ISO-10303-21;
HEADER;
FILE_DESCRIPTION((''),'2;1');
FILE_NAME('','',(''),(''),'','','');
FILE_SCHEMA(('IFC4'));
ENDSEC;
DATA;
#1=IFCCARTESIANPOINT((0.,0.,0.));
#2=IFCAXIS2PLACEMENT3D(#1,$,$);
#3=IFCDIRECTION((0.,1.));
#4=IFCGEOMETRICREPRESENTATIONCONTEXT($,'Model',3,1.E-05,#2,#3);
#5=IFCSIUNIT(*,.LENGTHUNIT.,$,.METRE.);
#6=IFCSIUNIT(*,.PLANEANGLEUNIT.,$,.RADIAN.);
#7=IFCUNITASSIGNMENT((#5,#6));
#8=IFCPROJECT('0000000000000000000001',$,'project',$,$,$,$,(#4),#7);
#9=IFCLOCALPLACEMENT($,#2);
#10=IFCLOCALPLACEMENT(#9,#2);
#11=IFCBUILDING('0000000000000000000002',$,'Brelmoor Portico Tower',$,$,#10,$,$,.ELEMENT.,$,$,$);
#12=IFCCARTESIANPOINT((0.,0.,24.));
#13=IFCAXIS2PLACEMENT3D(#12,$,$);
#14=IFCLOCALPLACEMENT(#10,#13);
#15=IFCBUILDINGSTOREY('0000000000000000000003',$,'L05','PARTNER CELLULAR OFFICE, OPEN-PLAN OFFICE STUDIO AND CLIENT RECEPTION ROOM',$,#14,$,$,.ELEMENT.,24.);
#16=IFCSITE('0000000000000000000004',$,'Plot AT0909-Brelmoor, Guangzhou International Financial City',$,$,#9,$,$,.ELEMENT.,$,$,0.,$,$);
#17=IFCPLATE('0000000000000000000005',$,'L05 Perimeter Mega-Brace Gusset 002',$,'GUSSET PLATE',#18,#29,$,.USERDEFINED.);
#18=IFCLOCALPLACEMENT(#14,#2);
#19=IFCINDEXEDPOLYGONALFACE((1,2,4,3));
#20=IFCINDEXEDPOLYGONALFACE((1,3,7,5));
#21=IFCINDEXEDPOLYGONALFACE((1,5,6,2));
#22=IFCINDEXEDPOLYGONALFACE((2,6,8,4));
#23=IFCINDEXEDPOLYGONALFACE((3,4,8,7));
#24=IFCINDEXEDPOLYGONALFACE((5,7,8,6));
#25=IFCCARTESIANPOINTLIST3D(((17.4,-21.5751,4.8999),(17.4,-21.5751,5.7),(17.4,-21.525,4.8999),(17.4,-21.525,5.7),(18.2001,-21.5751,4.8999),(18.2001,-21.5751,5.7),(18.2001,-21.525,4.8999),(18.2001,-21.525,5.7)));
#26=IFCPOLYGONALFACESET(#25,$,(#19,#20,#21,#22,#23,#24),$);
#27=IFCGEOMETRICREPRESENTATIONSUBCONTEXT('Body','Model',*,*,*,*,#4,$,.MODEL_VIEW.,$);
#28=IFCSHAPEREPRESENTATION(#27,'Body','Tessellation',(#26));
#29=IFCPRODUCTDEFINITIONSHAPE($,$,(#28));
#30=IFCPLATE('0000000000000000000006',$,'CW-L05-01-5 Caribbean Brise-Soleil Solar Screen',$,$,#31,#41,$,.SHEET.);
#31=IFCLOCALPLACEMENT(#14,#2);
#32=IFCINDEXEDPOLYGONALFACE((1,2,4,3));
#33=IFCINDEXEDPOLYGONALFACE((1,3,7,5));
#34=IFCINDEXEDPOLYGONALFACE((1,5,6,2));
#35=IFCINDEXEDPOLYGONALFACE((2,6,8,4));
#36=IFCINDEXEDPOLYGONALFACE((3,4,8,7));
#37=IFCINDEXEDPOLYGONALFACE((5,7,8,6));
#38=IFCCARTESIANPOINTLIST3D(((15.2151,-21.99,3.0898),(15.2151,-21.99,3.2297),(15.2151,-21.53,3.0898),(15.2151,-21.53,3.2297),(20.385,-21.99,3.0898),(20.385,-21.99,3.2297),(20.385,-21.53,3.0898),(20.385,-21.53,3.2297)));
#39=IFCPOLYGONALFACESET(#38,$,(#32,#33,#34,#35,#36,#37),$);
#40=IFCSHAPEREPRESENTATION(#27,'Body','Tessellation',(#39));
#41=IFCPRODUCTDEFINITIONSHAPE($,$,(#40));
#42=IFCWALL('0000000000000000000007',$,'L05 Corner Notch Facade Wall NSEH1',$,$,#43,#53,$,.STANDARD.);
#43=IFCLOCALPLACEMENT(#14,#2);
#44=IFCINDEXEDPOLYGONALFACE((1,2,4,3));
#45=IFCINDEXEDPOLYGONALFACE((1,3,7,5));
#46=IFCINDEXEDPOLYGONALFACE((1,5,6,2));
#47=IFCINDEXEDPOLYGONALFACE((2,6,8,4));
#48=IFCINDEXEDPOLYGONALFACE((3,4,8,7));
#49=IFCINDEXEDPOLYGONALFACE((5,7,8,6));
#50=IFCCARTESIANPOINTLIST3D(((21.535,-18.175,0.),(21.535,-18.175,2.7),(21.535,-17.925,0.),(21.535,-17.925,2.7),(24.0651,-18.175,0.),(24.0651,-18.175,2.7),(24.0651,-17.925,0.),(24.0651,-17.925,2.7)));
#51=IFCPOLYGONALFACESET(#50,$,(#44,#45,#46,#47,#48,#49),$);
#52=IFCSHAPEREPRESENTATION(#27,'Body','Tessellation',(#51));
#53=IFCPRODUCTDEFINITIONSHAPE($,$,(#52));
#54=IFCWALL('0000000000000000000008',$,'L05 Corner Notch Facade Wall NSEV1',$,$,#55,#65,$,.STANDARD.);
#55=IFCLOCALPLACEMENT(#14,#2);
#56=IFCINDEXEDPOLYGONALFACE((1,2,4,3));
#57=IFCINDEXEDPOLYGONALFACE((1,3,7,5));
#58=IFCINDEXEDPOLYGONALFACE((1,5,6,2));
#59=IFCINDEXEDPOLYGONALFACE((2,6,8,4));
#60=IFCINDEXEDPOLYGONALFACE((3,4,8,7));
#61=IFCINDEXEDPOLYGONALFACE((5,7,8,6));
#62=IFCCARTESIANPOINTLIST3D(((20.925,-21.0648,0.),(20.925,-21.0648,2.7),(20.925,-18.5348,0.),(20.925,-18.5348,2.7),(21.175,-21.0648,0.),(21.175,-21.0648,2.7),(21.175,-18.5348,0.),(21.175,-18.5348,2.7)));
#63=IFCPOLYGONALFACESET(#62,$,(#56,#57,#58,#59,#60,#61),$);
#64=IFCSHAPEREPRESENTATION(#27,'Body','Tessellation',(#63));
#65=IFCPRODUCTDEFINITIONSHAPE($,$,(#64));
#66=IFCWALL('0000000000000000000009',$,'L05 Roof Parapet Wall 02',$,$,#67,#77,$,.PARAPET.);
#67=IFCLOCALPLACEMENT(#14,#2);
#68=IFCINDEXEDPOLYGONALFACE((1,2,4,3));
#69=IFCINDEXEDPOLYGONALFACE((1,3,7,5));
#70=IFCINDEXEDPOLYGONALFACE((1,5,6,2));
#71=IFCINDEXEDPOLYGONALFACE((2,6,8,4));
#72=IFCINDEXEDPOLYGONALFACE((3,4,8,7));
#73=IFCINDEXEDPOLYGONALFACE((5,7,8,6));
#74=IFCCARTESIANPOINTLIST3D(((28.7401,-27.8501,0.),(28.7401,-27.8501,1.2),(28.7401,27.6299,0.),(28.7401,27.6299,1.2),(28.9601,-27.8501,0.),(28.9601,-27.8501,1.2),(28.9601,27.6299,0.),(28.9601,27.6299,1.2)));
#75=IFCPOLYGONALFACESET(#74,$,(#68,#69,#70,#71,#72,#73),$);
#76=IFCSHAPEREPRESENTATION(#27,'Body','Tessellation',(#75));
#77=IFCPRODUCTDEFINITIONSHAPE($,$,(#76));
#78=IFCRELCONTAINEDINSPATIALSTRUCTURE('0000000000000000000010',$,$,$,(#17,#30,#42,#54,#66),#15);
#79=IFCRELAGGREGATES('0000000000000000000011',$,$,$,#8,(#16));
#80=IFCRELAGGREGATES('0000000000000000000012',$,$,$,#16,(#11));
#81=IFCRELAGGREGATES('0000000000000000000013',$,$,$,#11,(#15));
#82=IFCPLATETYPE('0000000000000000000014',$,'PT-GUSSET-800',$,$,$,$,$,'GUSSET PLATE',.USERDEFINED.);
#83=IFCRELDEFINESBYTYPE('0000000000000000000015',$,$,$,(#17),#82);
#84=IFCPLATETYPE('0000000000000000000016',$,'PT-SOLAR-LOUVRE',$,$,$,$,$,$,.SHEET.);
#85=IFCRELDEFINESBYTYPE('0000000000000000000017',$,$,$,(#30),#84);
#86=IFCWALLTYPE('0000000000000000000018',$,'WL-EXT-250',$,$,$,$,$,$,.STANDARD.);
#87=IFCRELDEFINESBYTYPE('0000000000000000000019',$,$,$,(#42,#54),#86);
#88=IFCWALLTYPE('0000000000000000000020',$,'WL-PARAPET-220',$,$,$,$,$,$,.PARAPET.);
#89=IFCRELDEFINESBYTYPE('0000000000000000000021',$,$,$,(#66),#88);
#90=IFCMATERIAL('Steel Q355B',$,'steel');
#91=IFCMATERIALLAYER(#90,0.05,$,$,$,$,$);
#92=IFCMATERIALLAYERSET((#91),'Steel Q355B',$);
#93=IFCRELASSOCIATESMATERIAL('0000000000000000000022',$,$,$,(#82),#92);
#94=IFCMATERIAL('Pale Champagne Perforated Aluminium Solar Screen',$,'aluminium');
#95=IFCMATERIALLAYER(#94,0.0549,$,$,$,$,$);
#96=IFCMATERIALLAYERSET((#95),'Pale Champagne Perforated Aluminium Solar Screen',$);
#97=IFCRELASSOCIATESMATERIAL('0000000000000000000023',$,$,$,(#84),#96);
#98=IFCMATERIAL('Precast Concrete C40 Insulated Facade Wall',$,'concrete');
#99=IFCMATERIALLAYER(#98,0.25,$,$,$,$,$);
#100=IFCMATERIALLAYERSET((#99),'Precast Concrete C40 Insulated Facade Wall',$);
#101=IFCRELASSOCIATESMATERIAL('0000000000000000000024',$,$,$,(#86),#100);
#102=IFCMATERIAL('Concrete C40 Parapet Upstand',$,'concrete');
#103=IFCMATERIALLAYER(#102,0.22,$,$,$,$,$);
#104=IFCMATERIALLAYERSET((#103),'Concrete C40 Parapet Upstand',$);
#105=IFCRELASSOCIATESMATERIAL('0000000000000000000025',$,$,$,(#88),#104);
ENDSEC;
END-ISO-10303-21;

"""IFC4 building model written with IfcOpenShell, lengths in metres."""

from ifc_helpers import new_model, si_unit, direction, frame, frame_2d, origin, origin_2d, place, context, subcontext, project, spatial, rectangle, extrude, material, layer, layer_set, type_object, element, save


model = new_model("IFC4")

# Units and contexts
model_context = context("Model", 3, precision=1e-05, world=origin(), true_north=direction((0.0, 1.0)))
body_context = subcontext(model_context, "Body", "Model", "MODEL_VIEW")
ifc_project = project(units=[si_unit("LENGTHUNIT", "METRE"), si_unit("PLANEANGLEUNIT", "RADIAN")], contexts=[model_context])

# Site, building, storey
site_placement = place(None, origin())
site = spatial("IfcSite", under=ifc_project, at=site_placement, Name="Plot AT0909-Brelmoor, Guangzhou International Financial City", CompositionType="ELEMENT", RefElevation=0.0)
building_placement = place(site_placement, origin())
building = spatial("IfcBuilding", under=site, at=building_placement, Name="Brelmoor Portico Tower", CompositionType="ELEMENT")
storey_placement = place(building_placement, frame((0.0, 0.0, 24.0)))
storey = spatial("IfcBuildingStorey", under=building, at=storey_placement, Name="L05", Description="PARTNER CELLULAR OFFICE, OPEN-PLAN OFFICE STUDIO AND CLIENT RECEPTION ROOM", CompositionType="ELEMENT", Elevation=24.0)

# Shared definitions
ifc_material_1 = material(Name="Steel Q355B", Category="steel")

# Plates
ifc_layer_1 = layer(ifc_material_1, 0.05)
ifc_layer_set_1 = layer_set([ifc_layer_1], Name="Steel Q355B")
plate_type_1 = type_object("IfcPlateType", Name="PT-GUSSET-800", ElementType="GUSSET PLATE", PredefinedType="USERDEFINED", material=ifc_layer_set_1)
plate_1_placement = place(storey_placement, frame((17.8, -21.55, 4.8999), z_axis=(0.0, 0.0, 1.0), x_axis=(1.0, 0.0, 0.0)))
element("IfcPlate", 1, at=plate_1_placement, inside=storey, type_object=plate_type_1, Name="L05 Perimeter Mega-Brace Gusset 002", ObjectType="GUSSET PLATE", PredefinedType="USERDEFINED", context=body_context, shape_type="SweptSolid", body=[
    extrude(rectangle(XDim=0.8, YDim=0.05, at=origin_2d()), origin(), (0.0, 0.0, 1.0), 0.8),
])
ifc_material_2 = material(Name="Pale Champagne Perforated Aluminium Solar Screen", Category="aluminium")
ifc_layer_2 = layer(ifc_material_2, 0.0549)
ifc_layer_set_2 = layer_set([ifc_layer_2], Name="Pale Champagne Perforated Aluminium Solar Screen")
plate_type_2 = type_object("IfcPlateType", Name="PT-SOLAR-LOUVRE", PredefinedType="SHEET", material=ifc_layer_set_2)
plate_2_placement = place(storey_placement, frame((17.8, -21.76, 3.0898), z_axis=(0.0, 0.0, 1.0), x_axis=(1.0, 0.0, 0.0)))
element("IfcPlate", 2, at=plate_2_placement, inside=storey, type_object=plate_type_2, Name="CW-L05-01-5 Caribbean Brise-Soleil Solar Screen", PredefinedType="SHEET", context=body_context, shape_type="SweptSolid", body=[
    extrude(rectangle(XDim=5.1699, YDim=0.46, at=origin_2d()), origin(), (0.0, 0.0, 1.0), 0.1399),
])

# Walls
ifc_material_3 = material(Name="Precast Concrete C40 Insulated Facade Wall", Category="concrete")
ifc_layer_3 = layer(ifc_material_3, 0.25)
ifc_layer_set_3 = layer_set([ifc_layer_3], Name="Precast Concrete C40 Insulated Facade Wall")
wall_type_1 = type_object("IfcWallType", Name="WL-EXT-250", PredefinedType="STANDARD", material=ifc_layer_set_3)
for number, where, z_axis, x_axis, name in (
    (3, (21.5349, -18.05, 0.0), (0.0, 0.0, 1.0), (1.0, 0.0, 0.0), "L05 Corner Notch Facade Wall NSEH1"),
    (4, (21.05, -21.0649, 0.0), (0.0, 0.0, 1.0), (0.0, 1.0, 0.0), "L05 Corner Notch Facade Wall NSEV1"),
):
    element("IfcWall", number, at=place(storey_placement, frame(where, z_axis=z_axis, x_axis=x_axis)), inside=storey, type_object=wall_type_1, Name=name, PredefinedType="STANDARD", context=body_context, shape_type="SweptSolid", body=[
        extrude(rectangle(XDim=2.53, YDim=0.25, at=frame_2d((1.2651, 0.0))), origin(), (0.0, 0.0, 1.0), 2.7),
    ])
ifc_material_4 = material(Name="Concrete C40 Parapet Upstand", Category="concrete")
ifc_layer_4 = layer(ifc_material_4, 0.22)
ifc_layer_set_4 = layer_set([ifc_layer_4], Name="Concrete C40 Parapet Upstand")
wall_type_2 = type_object("IfcWallType", Name="WL-PARAPET-220", PredefinedType="PARAPET", material=ifc_layer_set_4)
wall_placement = place(storey_placement, frame((28.8501, -27.8501, 0.0), z_axis=(0.0, 0.0, 1.0), x_axis=(0.0, 1.0, 0.0)))
element("IfcWall", 5, at=wall_placement, inside=storey, type_object=wall_type_2, Name="L05 Roof Parapet Wall 02", PredefinedType="PARAPET", context=body_context, shape_type="SweptSolid", body=[
    extrude(rectangle(XDim=55.48, YDim=0.22, at=frame_2d((27.74, 0.0))), origin(), (0.0, 0.0, 1.0), 1.2),
])

save(model, "model.ifc")
